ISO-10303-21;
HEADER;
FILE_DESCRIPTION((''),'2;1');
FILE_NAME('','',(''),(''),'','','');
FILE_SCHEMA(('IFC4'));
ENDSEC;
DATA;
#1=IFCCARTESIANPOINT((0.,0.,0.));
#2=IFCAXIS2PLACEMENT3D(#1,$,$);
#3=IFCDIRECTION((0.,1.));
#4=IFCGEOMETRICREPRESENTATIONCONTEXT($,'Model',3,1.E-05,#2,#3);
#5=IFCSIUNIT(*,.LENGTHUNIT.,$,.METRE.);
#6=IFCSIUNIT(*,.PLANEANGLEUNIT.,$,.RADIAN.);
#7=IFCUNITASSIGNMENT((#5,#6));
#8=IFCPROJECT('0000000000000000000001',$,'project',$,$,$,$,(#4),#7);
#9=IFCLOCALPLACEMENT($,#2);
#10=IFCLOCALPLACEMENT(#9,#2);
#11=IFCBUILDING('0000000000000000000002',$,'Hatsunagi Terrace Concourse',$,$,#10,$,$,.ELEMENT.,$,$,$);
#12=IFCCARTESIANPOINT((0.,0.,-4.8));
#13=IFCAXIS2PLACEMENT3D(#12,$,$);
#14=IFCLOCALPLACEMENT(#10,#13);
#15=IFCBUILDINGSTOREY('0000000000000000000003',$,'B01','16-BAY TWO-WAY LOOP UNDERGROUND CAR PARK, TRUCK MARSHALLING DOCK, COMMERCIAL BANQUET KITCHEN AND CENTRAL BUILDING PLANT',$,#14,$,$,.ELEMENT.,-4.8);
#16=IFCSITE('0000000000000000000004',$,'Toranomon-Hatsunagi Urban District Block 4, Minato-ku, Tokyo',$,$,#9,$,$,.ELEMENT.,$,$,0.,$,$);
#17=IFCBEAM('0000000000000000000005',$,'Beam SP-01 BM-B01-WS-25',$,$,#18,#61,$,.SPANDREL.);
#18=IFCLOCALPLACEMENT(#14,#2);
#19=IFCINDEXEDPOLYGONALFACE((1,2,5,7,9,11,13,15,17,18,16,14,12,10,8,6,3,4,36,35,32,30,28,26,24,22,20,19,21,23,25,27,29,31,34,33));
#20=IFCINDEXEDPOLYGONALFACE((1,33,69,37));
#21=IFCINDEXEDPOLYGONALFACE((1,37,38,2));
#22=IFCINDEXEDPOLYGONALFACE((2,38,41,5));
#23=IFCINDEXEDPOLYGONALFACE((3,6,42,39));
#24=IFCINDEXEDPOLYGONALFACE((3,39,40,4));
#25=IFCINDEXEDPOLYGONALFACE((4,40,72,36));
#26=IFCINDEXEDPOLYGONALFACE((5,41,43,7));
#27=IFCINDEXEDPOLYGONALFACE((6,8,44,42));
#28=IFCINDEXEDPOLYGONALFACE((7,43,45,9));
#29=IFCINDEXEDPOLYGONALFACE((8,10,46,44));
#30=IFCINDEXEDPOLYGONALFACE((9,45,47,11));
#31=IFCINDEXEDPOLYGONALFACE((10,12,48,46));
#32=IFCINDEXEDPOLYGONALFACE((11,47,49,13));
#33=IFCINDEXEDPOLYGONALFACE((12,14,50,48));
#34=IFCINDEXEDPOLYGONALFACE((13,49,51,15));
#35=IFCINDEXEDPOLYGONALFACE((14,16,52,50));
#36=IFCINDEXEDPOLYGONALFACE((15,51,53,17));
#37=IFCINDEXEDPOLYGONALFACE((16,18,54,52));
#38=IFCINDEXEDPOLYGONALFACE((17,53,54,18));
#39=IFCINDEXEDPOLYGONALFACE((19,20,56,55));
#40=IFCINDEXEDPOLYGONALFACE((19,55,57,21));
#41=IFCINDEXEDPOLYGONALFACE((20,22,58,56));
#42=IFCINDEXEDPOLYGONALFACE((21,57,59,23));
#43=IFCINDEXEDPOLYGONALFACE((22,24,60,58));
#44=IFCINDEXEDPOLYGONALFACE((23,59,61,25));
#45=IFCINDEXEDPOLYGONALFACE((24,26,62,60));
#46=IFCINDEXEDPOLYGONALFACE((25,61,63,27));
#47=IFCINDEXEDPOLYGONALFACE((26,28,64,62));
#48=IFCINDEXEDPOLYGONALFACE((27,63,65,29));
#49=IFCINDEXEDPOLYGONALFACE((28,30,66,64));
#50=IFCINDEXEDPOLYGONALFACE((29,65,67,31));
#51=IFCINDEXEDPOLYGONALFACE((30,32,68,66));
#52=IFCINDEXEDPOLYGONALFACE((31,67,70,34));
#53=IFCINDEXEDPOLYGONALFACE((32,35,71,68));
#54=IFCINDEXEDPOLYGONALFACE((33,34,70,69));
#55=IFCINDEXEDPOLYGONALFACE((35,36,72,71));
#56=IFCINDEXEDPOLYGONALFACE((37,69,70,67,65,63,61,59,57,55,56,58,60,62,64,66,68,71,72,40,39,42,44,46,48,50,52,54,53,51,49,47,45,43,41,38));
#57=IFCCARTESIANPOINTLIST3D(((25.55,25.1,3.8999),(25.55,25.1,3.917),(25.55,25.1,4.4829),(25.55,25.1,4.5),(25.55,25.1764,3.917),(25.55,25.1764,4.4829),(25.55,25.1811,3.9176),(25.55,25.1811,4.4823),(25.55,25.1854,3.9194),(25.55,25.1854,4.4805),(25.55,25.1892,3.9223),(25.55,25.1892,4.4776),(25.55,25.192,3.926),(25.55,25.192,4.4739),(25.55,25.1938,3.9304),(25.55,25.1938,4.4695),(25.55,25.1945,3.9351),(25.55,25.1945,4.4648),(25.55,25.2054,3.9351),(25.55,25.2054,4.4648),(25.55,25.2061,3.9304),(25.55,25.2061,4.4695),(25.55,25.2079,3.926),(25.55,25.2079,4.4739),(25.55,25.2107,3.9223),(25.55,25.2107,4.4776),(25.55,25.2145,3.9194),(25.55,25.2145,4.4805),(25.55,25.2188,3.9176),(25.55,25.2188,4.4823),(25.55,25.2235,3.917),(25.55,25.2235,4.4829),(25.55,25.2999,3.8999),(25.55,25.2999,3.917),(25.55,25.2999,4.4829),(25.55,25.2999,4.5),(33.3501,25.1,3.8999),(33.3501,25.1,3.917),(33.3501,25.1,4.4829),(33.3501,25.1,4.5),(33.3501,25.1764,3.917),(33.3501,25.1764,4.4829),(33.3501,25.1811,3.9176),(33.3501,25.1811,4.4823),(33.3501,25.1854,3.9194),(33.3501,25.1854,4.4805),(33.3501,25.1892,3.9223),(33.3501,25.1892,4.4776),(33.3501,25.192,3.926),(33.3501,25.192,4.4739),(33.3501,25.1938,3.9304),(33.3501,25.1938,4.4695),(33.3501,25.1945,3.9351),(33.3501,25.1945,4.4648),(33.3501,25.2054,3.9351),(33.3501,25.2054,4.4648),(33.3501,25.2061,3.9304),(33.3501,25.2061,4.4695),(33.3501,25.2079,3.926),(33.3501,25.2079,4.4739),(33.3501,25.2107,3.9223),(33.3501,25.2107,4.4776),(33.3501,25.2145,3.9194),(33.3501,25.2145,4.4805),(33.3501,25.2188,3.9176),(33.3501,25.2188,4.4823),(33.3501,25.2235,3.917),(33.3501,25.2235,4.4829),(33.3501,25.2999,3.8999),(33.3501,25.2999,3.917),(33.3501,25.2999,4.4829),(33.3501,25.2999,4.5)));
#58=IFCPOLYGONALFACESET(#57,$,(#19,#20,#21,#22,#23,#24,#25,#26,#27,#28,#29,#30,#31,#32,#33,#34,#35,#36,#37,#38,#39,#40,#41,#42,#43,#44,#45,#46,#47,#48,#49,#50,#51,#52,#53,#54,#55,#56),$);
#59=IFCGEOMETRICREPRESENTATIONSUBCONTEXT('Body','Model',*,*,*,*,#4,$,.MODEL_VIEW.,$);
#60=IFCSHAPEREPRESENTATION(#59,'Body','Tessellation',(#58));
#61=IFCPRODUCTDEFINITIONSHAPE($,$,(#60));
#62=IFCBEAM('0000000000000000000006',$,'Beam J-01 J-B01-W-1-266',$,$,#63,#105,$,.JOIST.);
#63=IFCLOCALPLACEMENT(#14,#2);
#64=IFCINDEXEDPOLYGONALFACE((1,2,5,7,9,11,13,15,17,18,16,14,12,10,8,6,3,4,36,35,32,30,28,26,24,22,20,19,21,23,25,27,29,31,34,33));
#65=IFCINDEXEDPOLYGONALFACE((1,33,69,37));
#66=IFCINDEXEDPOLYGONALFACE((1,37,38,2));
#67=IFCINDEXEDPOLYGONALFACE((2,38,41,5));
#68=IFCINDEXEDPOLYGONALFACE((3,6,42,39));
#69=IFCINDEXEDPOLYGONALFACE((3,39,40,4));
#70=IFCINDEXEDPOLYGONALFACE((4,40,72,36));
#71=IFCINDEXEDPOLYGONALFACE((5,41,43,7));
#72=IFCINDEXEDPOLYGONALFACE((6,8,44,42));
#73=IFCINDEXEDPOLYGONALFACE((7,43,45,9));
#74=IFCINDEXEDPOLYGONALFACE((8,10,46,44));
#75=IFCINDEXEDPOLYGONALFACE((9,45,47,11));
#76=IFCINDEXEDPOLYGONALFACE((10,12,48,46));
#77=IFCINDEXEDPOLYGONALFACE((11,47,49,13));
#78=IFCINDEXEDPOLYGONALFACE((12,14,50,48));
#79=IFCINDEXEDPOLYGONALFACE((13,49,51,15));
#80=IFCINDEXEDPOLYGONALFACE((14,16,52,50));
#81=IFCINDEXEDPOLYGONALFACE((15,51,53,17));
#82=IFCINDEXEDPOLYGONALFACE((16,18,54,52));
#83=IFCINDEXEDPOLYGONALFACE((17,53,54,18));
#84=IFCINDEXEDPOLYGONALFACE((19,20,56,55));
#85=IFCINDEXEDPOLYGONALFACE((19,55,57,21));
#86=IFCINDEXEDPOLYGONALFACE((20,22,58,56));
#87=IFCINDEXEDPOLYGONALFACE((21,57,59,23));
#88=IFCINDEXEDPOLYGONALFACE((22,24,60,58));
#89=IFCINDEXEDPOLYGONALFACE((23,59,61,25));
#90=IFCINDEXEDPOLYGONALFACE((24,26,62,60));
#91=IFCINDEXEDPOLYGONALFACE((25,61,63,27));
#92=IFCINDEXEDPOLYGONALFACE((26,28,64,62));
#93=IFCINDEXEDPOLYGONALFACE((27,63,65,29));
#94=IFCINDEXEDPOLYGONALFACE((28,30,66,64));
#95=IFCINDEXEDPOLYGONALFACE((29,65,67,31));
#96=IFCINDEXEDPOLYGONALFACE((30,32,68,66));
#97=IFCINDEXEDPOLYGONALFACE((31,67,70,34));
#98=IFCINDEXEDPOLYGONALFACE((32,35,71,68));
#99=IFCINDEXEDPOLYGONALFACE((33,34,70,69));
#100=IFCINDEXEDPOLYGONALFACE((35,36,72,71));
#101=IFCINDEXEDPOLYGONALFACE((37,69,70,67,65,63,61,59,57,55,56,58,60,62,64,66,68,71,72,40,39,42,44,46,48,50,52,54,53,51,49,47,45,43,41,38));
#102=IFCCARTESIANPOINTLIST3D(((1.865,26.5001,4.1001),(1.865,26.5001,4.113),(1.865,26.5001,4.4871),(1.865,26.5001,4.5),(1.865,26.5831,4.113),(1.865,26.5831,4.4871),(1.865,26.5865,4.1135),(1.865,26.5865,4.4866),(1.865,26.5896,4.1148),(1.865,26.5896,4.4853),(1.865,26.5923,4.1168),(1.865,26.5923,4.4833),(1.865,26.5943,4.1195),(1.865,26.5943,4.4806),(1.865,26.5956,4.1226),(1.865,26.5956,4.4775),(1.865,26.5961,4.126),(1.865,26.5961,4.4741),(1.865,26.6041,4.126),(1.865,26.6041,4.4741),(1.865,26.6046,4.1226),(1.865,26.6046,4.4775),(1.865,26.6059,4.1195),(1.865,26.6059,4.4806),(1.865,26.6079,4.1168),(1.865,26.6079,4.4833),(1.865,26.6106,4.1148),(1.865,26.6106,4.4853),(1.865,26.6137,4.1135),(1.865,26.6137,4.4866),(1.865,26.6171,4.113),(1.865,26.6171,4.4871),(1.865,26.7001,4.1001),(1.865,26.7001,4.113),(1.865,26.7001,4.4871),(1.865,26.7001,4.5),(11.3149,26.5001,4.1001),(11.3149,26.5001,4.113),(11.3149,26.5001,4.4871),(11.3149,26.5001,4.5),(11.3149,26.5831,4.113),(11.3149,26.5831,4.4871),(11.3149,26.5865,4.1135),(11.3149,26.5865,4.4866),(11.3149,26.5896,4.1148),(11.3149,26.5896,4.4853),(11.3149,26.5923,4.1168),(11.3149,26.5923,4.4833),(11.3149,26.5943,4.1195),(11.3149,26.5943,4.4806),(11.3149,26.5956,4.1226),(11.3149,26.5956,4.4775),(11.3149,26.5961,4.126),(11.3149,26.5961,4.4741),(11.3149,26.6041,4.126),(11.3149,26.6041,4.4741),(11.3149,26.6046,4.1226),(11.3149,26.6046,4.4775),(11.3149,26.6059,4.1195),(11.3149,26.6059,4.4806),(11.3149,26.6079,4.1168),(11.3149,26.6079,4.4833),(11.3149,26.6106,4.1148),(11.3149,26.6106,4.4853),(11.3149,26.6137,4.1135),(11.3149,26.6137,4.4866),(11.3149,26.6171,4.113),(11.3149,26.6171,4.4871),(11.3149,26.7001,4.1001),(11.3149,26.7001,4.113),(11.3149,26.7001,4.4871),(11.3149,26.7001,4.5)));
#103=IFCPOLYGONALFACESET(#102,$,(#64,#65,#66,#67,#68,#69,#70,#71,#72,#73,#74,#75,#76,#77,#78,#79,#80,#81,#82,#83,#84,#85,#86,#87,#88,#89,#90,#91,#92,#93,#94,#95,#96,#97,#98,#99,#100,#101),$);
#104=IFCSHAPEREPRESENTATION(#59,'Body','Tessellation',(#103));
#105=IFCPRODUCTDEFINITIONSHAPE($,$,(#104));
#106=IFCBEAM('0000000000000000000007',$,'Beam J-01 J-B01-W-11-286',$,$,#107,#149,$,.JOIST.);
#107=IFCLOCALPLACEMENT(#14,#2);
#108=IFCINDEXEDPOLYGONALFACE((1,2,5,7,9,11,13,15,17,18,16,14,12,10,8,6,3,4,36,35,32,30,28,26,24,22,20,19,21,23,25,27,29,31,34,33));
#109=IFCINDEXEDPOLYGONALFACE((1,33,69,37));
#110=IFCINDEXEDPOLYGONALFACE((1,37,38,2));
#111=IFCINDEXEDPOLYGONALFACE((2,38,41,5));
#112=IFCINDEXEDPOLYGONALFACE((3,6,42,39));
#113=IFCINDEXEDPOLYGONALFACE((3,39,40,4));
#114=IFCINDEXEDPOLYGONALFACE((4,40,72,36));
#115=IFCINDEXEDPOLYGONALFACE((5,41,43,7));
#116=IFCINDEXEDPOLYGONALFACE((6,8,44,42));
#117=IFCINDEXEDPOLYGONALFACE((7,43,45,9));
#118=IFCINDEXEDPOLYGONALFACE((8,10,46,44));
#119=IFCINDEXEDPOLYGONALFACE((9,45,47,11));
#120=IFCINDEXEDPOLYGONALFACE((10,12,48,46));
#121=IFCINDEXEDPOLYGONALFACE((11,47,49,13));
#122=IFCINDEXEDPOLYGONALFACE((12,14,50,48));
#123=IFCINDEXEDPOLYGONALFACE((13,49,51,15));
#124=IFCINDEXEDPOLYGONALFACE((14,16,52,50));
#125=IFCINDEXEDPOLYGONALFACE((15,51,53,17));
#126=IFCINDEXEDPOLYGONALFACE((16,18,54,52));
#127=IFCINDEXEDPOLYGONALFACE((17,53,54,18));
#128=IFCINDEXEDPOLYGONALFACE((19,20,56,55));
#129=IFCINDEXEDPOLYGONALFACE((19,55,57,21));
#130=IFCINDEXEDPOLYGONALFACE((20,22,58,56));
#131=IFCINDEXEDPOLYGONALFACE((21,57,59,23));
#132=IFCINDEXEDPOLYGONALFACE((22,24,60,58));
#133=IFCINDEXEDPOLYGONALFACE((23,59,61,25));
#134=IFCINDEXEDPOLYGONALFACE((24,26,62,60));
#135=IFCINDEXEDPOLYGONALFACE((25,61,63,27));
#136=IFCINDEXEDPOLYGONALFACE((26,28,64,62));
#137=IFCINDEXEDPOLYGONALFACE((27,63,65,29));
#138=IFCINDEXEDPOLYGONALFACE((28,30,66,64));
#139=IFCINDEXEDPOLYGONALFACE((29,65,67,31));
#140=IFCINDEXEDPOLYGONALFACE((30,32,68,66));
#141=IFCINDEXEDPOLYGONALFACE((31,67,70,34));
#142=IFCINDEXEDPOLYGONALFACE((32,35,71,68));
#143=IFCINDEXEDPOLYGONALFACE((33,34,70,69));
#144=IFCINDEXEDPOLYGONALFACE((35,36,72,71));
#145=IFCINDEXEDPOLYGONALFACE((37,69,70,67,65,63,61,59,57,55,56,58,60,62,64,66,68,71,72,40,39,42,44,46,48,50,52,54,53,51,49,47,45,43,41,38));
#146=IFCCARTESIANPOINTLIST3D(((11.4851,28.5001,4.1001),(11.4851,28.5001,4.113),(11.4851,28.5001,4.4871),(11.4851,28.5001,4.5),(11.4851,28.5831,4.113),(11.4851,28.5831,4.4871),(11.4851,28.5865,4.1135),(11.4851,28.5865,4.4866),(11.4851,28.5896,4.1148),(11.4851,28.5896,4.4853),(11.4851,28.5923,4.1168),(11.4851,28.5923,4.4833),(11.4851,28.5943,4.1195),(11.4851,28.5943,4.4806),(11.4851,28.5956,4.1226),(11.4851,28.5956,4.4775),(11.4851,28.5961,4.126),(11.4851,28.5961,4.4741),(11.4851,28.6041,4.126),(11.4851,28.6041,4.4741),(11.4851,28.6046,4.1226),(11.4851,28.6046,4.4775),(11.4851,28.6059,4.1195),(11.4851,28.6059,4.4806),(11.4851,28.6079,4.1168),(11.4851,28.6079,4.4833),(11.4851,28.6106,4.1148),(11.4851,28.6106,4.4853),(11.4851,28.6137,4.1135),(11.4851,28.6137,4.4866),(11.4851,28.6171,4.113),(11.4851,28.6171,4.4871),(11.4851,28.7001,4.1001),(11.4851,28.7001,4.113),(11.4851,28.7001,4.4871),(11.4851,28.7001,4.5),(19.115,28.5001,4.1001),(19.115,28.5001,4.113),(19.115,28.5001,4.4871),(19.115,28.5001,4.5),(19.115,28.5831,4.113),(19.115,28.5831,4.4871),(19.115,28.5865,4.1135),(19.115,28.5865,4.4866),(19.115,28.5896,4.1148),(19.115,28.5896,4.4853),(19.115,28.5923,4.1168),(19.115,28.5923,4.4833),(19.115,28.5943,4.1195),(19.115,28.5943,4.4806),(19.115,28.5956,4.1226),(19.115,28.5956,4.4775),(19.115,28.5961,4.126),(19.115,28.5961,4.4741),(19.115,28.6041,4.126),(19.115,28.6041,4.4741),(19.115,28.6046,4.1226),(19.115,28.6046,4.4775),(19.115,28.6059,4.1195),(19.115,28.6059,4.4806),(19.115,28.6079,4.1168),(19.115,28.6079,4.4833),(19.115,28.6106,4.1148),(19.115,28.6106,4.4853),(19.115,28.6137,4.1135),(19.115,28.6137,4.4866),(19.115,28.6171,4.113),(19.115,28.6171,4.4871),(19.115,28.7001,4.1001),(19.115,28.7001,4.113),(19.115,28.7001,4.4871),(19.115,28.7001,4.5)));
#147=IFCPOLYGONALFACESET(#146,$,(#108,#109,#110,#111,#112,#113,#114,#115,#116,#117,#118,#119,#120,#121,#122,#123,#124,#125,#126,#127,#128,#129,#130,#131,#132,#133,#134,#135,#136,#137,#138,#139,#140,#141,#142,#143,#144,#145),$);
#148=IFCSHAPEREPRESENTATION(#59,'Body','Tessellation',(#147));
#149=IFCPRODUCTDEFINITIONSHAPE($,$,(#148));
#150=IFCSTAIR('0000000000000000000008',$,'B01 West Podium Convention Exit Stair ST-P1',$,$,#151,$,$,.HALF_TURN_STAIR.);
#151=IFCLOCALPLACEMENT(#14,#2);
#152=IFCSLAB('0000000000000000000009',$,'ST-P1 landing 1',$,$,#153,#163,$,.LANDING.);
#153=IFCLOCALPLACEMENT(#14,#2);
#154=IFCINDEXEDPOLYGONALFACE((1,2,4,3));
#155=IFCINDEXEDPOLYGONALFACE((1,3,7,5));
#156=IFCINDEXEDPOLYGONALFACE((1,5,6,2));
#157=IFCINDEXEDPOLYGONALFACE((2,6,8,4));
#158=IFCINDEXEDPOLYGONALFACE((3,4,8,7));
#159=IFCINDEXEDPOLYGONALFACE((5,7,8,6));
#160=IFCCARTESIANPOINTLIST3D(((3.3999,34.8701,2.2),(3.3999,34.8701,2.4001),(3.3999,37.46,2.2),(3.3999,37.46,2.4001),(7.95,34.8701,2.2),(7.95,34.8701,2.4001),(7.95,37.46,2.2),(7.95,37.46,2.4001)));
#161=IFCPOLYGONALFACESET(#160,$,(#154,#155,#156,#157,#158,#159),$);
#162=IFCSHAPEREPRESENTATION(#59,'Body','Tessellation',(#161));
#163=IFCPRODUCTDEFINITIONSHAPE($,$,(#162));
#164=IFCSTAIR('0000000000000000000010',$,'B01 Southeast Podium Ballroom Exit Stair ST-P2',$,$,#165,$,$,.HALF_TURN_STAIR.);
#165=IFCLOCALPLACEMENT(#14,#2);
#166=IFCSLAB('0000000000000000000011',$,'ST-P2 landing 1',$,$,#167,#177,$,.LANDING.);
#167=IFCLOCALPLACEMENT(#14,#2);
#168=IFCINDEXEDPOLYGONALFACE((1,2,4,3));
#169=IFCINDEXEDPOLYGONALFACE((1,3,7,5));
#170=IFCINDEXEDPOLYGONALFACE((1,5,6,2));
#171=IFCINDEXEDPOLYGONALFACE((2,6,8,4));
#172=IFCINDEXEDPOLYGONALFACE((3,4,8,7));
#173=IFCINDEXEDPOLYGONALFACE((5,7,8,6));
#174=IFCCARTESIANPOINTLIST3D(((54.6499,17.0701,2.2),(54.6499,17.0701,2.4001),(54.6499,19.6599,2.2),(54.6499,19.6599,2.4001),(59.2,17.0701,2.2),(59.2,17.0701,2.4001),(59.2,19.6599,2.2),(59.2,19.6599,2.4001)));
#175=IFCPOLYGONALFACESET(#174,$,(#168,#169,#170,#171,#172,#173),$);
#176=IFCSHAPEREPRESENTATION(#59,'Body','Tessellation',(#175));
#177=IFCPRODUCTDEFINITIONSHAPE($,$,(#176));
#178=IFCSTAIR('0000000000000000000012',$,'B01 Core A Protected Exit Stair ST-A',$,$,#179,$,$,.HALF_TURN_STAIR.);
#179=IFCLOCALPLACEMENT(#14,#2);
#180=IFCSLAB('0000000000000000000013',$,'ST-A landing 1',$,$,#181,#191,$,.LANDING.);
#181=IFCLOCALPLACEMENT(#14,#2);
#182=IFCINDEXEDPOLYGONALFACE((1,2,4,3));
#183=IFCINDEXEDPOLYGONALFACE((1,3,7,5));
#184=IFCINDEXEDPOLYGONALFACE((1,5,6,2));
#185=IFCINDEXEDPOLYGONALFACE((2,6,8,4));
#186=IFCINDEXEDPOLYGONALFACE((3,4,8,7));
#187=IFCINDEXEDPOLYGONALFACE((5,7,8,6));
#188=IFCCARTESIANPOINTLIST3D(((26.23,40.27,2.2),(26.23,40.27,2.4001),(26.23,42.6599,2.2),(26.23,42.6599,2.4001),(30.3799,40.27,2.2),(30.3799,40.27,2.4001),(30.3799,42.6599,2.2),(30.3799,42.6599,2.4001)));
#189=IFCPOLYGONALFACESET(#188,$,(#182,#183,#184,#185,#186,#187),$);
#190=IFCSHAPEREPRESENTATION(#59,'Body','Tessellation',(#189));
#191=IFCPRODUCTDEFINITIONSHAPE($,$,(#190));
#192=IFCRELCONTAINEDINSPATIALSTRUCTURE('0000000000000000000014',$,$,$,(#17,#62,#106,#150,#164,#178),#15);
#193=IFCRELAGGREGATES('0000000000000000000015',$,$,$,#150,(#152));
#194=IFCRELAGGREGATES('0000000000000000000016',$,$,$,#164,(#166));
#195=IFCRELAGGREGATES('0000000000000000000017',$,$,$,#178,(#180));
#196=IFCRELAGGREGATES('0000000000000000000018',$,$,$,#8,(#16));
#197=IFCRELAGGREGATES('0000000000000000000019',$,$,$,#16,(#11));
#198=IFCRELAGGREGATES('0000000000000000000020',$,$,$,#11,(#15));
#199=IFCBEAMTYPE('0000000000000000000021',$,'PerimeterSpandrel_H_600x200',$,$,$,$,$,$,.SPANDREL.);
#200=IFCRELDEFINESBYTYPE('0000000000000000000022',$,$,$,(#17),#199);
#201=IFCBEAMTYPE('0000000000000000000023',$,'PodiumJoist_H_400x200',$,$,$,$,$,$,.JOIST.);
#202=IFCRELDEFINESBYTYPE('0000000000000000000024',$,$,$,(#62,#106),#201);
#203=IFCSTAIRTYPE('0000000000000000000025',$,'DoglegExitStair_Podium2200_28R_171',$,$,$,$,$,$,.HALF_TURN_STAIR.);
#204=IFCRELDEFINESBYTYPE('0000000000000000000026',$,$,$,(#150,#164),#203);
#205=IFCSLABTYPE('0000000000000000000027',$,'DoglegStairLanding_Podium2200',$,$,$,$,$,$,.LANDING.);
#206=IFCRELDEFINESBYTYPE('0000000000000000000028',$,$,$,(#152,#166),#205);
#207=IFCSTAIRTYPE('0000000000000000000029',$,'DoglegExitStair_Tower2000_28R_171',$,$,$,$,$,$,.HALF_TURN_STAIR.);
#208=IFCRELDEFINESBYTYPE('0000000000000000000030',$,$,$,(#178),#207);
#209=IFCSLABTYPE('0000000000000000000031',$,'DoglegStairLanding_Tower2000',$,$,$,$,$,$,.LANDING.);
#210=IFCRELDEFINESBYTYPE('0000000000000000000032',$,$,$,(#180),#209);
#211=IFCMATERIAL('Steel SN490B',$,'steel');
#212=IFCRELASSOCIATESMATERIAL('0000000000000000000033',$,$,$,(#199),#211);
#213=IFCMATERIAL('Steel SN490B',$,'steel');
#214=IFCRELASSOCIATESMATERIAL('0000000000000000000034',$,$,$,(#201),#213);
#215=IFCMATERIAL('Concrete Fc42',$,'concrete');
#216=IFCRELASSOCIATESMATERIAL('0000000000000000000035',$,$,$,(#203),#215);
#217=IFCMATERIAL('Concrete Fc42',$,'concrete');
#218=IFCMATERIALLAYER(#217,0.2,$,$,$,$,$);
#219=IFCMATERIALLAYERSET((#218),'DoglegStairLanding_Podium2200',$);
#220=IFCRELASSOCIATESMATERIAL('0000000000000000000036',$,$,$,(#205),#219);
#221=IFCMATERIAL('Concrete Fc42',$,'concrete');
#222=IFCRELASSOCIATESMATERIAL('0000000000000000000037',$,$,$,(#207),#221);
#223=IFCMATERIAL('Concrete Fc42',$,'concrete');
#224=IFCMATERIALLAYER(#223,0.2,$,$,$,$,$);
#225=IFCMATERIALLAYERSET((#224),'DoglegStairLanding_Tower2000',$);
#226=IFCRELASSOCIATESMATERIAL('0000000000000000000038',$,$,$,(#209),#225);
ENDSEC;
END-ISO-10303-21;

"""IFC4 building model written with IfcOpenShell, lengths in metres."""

from ifc_helpers import new_model, si_unit, direction, frame, origin, origin_2d, place, context, subcontext, project, spatial, polyline, i_section, outline, extrude, material, layer, layer_set, material_profile, profile_set, type_object, element, aggregate, save


model = new_model("IFC4")

# Units and contexts
model_context = context("Model", 3, precision=1e-05, world=origin(), true_north=direction((0.0, 1.0)))
body_context = subcontext(model_context, "Body", "Model", "MODEL_VIEW")
ifc_project = project(units=[si_unit("LENGTHUNIT", "METRE"), si_unit("PLANEANGLEUNIT", "RADIAN")], contexts=[model_context])

# Site, building, storey
site_placement = place(None, origin())
site = spatial("IfcSite", under=ifc_project, at=site_placement, Name="Toranomon-Hatsunagi Urban District Block 4, Minato-ku, Tokyo", CompositionType="ELEMENT", RefElevation=0.0)
building_placement = place(site_placement, origin())
building = spatial("IfcBuilding", under=site, at=building_placement, Name="Hatsunagi Terrace Concourse", CompositionType="ELEMENT")
storey_placement = place(building_placement, frame((0.0, 0.0, -4.8)))
storey = spatial("IfcBuildingStorey", under=building, at=storey_placement, Name="B01", Description="16-BAY TWO-WAY LOOP UNDERGROUND CAR PARK, TRUCK MARSHALLING DOCK, COMMERCIAL BANQUET KITCHEN AND CENTRAL BUILDING PLANT", CompositionType="ELEMENT", Elevation=-4.8)

# Beams
ifc_material_1 = material(Name="Steel SN490B", Category="steel")
ifc_material_profile_1 = material_profile(ifc_material_1, i_section(OverallWidth=0.2, OverallDepth=0.6001, WebThickness=0.011, FlangeThickness=0.0171, FilletRadius=0.0181, at=origin_2d()), Name="H-600x200x11x17")
ifc_profile_set_1 = profile_set([ifc_material_profile_1], Name="Steel SN490B")
beam_type_1 = type_object("IfcBeamType", Name="PerimeterSpandrel_H_600x200", PredefinedType="SPANDREL", material=ifc_profile_set_1)
beam_1_placement = place(storey_placement, frame((25.55, 25.2, 4.2), z_axis=(1.0, 0.0, 0.0), x_axis=(0.0, 1.0, 0.0)))
element("IfcBeam", 1, at=beam_1_placement, inside=storey, type_object=beam_type_1, Name="Beam SP-01 BM-B01-WS-25", PredefinedType="SPANDREL", context=body_context, shape_type="SweptSolid", body=[
    extrude(i_section(OverallWidth=0.2, OverallDepth=0.6001, WebThickness=0.011, FlangeThickness=0.0171, FilletRadius=0.0181, at=origin_2d()), origin(), (0.0, 0.0, 1.0), 7.8),
])
ifc_material_2 = material(Name="Steel SN490B", Category="steel")
ifc_material_profile_2 = material_profile(ifc_material_2, i_section(OverallWidth=0.2, OverallDepth=0.3999, WebThickness=0.0081, FlangeThickness=0.0129, FilletRadius=0.0129, at=origin_2d()), Name="H-400x200x8x13")
ifc_profile_set_2 = profile_set([ifc_material_profile_2], Name="Steel SN490B")
beam_type_2 = type_object("IfcBeamType", Name="PodiumJoist_H_400x200", PredefinedType="JOIST", material=ifc_profile_set_2)
beam_2_placement = place(storey_placement, frame((1.865, 26.6001, 4.3), z_axis=(1.0, 0.0, 0.0), x_axis=(0.0, 1.0, 0.0)))
element("IfcBeam", 2, at=beam_2_placement, inside=storey, type_object=beam_type_2, Name="Beam J-01 J-B01-W-1-266", PredefinedType="JOIST", context=body_context, shape_type="SweptSolid", body=[
    extrude(i_section(OverallWidth=0.2, OverallDepth=0.3999, WebThickness=0.0081, FlangeThickness=0.0129, FilletRadius=0.0129, at=origin_2d()), origin(), (0.0, 0.0, 1.0), 9.45),
])
beam_3_placement = place(storey_placement, frame((11.4851, 28.6001, 4.3), z_axis=(1.0, 0.0, 0.0), x_axis=(0.0, 1.0, 0.0)))
element("IfcBeam", 3, at=beam_3_placement, inside=storey, type_object=beam_type_2, Name="Beam J-01 J-B01-W-11-286", PredefinedType="JOIST", context=body_context, shape_type="SweptSolid", body=[
    extrude(i_section(OverallWidth=0.2, OverallDepth=0.3999, WebThickness=0.0081, FlangeThickness=0.0129, FilletRadius=0.0129, at=origin_2d()), origin(), (0.0, 0.0, 1.0), 7.6299),
])

# Stairs, slabs
ifc_material_3 = material(Name="Concrete Fc42", Category="concrete")
stair_type_1 = type_object("IfcStairType", Name="DoglegExitStair_Podium2200_28R_171", PredefinedType="HALF_TURN_STAIR", material=ifc_material_3)
stair_1_placement = place(storey_placement, origin())
stair_1 = element("IfcStair", 4, at=stair_1_placement, inside=storey, type_object=stair_type_1, Name="B01 West Podium Convention Exit Stair ST-P1", PredefinedType="HALF_TURN_STAIR")
ifc_material_4 = material(Name="Concrete Fc42", Category="concrete")
ifc_layer_1 = layer(ifc_material_4, 0.2)
ifc_layer_set_1 = layer_set([ifc_layer_1], Name="DoglegStairLanding_Podium2200")
slab_type_1 = type_object("IfcSlabType", Name="DoglegStairLanding_Podium2200", PredefinedType="LANDING", material=ifc_layer_set_1)
slab_1_placement = place(storey_placement, frame((0.0, 0.0, 2.2)))
slab_1 = element("IfcSlab", 5, at=slab_1_placement, type_object=slab_type_1, Name="ST-P1 landing 1", PredefinedType="LANDING", context=body_context, shape_type="SweptSolid", body=[
    extrude(outline(polyline([(7.95, 34.8701), (7.95, 37.46), (3.3999, 37.46), (3.3999, 34.8701), (7.95, 34.8701)])), origin(), (0.0, 0.0, 1.0), 0.2002),
])
aggregate(stair_1, [slab_1])
stair_2_placement = place(storey_placement, origin())
stair_2 = element("IfcStair", 6, at=stair_2_placement, inside=storey, type_object=stair_type_1, Name="B01 Southeast Podium Ballroom Exit Stair ST-P2", PredefinedType="HALF_TURN_STAIR")
slab_2_placement = place(storey_placement, frame((0.0, 0.0, 2.2)))
slab_2 = element("IfcSlab", 7, at=slab_2_placement, type_object=slab_type_1, Name="ST-P2 landing 1", PredefinedType="LANDING", context=body_context, shape_type="SweptSolid", body=[
    extrude(outline(polyline([(59.2, 17.0701), (59.2, 19.6599), (54.6499, 19.6599), (54.6499, 17.0701), (59.2, 17.0701)])), origin(), (0.0, 0.0, 1.0), 0.2002),
])
aggregate(stair_2, [slab_2])
ifc_material_5 = material(Name="Concrete Fc42", Category="concrete")
stair_type_2 = type_object("IfcStairType", Name="DoglegExitStair_Tower2000_28R_171", PredefinedType="HALF_TURN_STAIR", material=ifc_material_5)
stair_3_placement = place(storey_placement, origin())
stair_3 = element("IfcStair", 8, at=stair_3_placement, inside=storey, type_object=stair_type_2, Name="B01 Core A Protected Exit Stair ST-A", PredefinedType="HALF_TURN_STAIR")
ifc_material_6 = material(Name="Concrete Fc42", Category="concrete")
ifc_layer_2 = layer(ifc_material_6, 0.2)
ifc_layer_set_2 = layer_set([ifc_layer_2], Name="DoglegStairLanding_Tower2000")
slab_type_2 = type_object("IfcSlabType", Name="DoglegStairLanding_Tower2000", PredefinedType="LANDING", material=ifc_layer_set_2)
slab_3_placement = place(storey_placement, frame((0.0, 0.0, 2.2)))
slab_3 = element("IfcSlab", 9, at=slab_3_placement, type_object=slab_type_2, Name="ST-A landing 1", PredefinedType="LANDING", context=body_context, shape_type="SweptSolid", body=[
    extrude(outline(polyline([(30.3799, 40.27), (30.3799, 42.6599), (26.23, 42.6599), (26.23, 40.27), (30.3799, 40.27)])), origin(), (0.0, 0.0, 1.0), 0.2002),
])
aggregate(stair_3, [slab_3])

save(model, "model.ifc")
